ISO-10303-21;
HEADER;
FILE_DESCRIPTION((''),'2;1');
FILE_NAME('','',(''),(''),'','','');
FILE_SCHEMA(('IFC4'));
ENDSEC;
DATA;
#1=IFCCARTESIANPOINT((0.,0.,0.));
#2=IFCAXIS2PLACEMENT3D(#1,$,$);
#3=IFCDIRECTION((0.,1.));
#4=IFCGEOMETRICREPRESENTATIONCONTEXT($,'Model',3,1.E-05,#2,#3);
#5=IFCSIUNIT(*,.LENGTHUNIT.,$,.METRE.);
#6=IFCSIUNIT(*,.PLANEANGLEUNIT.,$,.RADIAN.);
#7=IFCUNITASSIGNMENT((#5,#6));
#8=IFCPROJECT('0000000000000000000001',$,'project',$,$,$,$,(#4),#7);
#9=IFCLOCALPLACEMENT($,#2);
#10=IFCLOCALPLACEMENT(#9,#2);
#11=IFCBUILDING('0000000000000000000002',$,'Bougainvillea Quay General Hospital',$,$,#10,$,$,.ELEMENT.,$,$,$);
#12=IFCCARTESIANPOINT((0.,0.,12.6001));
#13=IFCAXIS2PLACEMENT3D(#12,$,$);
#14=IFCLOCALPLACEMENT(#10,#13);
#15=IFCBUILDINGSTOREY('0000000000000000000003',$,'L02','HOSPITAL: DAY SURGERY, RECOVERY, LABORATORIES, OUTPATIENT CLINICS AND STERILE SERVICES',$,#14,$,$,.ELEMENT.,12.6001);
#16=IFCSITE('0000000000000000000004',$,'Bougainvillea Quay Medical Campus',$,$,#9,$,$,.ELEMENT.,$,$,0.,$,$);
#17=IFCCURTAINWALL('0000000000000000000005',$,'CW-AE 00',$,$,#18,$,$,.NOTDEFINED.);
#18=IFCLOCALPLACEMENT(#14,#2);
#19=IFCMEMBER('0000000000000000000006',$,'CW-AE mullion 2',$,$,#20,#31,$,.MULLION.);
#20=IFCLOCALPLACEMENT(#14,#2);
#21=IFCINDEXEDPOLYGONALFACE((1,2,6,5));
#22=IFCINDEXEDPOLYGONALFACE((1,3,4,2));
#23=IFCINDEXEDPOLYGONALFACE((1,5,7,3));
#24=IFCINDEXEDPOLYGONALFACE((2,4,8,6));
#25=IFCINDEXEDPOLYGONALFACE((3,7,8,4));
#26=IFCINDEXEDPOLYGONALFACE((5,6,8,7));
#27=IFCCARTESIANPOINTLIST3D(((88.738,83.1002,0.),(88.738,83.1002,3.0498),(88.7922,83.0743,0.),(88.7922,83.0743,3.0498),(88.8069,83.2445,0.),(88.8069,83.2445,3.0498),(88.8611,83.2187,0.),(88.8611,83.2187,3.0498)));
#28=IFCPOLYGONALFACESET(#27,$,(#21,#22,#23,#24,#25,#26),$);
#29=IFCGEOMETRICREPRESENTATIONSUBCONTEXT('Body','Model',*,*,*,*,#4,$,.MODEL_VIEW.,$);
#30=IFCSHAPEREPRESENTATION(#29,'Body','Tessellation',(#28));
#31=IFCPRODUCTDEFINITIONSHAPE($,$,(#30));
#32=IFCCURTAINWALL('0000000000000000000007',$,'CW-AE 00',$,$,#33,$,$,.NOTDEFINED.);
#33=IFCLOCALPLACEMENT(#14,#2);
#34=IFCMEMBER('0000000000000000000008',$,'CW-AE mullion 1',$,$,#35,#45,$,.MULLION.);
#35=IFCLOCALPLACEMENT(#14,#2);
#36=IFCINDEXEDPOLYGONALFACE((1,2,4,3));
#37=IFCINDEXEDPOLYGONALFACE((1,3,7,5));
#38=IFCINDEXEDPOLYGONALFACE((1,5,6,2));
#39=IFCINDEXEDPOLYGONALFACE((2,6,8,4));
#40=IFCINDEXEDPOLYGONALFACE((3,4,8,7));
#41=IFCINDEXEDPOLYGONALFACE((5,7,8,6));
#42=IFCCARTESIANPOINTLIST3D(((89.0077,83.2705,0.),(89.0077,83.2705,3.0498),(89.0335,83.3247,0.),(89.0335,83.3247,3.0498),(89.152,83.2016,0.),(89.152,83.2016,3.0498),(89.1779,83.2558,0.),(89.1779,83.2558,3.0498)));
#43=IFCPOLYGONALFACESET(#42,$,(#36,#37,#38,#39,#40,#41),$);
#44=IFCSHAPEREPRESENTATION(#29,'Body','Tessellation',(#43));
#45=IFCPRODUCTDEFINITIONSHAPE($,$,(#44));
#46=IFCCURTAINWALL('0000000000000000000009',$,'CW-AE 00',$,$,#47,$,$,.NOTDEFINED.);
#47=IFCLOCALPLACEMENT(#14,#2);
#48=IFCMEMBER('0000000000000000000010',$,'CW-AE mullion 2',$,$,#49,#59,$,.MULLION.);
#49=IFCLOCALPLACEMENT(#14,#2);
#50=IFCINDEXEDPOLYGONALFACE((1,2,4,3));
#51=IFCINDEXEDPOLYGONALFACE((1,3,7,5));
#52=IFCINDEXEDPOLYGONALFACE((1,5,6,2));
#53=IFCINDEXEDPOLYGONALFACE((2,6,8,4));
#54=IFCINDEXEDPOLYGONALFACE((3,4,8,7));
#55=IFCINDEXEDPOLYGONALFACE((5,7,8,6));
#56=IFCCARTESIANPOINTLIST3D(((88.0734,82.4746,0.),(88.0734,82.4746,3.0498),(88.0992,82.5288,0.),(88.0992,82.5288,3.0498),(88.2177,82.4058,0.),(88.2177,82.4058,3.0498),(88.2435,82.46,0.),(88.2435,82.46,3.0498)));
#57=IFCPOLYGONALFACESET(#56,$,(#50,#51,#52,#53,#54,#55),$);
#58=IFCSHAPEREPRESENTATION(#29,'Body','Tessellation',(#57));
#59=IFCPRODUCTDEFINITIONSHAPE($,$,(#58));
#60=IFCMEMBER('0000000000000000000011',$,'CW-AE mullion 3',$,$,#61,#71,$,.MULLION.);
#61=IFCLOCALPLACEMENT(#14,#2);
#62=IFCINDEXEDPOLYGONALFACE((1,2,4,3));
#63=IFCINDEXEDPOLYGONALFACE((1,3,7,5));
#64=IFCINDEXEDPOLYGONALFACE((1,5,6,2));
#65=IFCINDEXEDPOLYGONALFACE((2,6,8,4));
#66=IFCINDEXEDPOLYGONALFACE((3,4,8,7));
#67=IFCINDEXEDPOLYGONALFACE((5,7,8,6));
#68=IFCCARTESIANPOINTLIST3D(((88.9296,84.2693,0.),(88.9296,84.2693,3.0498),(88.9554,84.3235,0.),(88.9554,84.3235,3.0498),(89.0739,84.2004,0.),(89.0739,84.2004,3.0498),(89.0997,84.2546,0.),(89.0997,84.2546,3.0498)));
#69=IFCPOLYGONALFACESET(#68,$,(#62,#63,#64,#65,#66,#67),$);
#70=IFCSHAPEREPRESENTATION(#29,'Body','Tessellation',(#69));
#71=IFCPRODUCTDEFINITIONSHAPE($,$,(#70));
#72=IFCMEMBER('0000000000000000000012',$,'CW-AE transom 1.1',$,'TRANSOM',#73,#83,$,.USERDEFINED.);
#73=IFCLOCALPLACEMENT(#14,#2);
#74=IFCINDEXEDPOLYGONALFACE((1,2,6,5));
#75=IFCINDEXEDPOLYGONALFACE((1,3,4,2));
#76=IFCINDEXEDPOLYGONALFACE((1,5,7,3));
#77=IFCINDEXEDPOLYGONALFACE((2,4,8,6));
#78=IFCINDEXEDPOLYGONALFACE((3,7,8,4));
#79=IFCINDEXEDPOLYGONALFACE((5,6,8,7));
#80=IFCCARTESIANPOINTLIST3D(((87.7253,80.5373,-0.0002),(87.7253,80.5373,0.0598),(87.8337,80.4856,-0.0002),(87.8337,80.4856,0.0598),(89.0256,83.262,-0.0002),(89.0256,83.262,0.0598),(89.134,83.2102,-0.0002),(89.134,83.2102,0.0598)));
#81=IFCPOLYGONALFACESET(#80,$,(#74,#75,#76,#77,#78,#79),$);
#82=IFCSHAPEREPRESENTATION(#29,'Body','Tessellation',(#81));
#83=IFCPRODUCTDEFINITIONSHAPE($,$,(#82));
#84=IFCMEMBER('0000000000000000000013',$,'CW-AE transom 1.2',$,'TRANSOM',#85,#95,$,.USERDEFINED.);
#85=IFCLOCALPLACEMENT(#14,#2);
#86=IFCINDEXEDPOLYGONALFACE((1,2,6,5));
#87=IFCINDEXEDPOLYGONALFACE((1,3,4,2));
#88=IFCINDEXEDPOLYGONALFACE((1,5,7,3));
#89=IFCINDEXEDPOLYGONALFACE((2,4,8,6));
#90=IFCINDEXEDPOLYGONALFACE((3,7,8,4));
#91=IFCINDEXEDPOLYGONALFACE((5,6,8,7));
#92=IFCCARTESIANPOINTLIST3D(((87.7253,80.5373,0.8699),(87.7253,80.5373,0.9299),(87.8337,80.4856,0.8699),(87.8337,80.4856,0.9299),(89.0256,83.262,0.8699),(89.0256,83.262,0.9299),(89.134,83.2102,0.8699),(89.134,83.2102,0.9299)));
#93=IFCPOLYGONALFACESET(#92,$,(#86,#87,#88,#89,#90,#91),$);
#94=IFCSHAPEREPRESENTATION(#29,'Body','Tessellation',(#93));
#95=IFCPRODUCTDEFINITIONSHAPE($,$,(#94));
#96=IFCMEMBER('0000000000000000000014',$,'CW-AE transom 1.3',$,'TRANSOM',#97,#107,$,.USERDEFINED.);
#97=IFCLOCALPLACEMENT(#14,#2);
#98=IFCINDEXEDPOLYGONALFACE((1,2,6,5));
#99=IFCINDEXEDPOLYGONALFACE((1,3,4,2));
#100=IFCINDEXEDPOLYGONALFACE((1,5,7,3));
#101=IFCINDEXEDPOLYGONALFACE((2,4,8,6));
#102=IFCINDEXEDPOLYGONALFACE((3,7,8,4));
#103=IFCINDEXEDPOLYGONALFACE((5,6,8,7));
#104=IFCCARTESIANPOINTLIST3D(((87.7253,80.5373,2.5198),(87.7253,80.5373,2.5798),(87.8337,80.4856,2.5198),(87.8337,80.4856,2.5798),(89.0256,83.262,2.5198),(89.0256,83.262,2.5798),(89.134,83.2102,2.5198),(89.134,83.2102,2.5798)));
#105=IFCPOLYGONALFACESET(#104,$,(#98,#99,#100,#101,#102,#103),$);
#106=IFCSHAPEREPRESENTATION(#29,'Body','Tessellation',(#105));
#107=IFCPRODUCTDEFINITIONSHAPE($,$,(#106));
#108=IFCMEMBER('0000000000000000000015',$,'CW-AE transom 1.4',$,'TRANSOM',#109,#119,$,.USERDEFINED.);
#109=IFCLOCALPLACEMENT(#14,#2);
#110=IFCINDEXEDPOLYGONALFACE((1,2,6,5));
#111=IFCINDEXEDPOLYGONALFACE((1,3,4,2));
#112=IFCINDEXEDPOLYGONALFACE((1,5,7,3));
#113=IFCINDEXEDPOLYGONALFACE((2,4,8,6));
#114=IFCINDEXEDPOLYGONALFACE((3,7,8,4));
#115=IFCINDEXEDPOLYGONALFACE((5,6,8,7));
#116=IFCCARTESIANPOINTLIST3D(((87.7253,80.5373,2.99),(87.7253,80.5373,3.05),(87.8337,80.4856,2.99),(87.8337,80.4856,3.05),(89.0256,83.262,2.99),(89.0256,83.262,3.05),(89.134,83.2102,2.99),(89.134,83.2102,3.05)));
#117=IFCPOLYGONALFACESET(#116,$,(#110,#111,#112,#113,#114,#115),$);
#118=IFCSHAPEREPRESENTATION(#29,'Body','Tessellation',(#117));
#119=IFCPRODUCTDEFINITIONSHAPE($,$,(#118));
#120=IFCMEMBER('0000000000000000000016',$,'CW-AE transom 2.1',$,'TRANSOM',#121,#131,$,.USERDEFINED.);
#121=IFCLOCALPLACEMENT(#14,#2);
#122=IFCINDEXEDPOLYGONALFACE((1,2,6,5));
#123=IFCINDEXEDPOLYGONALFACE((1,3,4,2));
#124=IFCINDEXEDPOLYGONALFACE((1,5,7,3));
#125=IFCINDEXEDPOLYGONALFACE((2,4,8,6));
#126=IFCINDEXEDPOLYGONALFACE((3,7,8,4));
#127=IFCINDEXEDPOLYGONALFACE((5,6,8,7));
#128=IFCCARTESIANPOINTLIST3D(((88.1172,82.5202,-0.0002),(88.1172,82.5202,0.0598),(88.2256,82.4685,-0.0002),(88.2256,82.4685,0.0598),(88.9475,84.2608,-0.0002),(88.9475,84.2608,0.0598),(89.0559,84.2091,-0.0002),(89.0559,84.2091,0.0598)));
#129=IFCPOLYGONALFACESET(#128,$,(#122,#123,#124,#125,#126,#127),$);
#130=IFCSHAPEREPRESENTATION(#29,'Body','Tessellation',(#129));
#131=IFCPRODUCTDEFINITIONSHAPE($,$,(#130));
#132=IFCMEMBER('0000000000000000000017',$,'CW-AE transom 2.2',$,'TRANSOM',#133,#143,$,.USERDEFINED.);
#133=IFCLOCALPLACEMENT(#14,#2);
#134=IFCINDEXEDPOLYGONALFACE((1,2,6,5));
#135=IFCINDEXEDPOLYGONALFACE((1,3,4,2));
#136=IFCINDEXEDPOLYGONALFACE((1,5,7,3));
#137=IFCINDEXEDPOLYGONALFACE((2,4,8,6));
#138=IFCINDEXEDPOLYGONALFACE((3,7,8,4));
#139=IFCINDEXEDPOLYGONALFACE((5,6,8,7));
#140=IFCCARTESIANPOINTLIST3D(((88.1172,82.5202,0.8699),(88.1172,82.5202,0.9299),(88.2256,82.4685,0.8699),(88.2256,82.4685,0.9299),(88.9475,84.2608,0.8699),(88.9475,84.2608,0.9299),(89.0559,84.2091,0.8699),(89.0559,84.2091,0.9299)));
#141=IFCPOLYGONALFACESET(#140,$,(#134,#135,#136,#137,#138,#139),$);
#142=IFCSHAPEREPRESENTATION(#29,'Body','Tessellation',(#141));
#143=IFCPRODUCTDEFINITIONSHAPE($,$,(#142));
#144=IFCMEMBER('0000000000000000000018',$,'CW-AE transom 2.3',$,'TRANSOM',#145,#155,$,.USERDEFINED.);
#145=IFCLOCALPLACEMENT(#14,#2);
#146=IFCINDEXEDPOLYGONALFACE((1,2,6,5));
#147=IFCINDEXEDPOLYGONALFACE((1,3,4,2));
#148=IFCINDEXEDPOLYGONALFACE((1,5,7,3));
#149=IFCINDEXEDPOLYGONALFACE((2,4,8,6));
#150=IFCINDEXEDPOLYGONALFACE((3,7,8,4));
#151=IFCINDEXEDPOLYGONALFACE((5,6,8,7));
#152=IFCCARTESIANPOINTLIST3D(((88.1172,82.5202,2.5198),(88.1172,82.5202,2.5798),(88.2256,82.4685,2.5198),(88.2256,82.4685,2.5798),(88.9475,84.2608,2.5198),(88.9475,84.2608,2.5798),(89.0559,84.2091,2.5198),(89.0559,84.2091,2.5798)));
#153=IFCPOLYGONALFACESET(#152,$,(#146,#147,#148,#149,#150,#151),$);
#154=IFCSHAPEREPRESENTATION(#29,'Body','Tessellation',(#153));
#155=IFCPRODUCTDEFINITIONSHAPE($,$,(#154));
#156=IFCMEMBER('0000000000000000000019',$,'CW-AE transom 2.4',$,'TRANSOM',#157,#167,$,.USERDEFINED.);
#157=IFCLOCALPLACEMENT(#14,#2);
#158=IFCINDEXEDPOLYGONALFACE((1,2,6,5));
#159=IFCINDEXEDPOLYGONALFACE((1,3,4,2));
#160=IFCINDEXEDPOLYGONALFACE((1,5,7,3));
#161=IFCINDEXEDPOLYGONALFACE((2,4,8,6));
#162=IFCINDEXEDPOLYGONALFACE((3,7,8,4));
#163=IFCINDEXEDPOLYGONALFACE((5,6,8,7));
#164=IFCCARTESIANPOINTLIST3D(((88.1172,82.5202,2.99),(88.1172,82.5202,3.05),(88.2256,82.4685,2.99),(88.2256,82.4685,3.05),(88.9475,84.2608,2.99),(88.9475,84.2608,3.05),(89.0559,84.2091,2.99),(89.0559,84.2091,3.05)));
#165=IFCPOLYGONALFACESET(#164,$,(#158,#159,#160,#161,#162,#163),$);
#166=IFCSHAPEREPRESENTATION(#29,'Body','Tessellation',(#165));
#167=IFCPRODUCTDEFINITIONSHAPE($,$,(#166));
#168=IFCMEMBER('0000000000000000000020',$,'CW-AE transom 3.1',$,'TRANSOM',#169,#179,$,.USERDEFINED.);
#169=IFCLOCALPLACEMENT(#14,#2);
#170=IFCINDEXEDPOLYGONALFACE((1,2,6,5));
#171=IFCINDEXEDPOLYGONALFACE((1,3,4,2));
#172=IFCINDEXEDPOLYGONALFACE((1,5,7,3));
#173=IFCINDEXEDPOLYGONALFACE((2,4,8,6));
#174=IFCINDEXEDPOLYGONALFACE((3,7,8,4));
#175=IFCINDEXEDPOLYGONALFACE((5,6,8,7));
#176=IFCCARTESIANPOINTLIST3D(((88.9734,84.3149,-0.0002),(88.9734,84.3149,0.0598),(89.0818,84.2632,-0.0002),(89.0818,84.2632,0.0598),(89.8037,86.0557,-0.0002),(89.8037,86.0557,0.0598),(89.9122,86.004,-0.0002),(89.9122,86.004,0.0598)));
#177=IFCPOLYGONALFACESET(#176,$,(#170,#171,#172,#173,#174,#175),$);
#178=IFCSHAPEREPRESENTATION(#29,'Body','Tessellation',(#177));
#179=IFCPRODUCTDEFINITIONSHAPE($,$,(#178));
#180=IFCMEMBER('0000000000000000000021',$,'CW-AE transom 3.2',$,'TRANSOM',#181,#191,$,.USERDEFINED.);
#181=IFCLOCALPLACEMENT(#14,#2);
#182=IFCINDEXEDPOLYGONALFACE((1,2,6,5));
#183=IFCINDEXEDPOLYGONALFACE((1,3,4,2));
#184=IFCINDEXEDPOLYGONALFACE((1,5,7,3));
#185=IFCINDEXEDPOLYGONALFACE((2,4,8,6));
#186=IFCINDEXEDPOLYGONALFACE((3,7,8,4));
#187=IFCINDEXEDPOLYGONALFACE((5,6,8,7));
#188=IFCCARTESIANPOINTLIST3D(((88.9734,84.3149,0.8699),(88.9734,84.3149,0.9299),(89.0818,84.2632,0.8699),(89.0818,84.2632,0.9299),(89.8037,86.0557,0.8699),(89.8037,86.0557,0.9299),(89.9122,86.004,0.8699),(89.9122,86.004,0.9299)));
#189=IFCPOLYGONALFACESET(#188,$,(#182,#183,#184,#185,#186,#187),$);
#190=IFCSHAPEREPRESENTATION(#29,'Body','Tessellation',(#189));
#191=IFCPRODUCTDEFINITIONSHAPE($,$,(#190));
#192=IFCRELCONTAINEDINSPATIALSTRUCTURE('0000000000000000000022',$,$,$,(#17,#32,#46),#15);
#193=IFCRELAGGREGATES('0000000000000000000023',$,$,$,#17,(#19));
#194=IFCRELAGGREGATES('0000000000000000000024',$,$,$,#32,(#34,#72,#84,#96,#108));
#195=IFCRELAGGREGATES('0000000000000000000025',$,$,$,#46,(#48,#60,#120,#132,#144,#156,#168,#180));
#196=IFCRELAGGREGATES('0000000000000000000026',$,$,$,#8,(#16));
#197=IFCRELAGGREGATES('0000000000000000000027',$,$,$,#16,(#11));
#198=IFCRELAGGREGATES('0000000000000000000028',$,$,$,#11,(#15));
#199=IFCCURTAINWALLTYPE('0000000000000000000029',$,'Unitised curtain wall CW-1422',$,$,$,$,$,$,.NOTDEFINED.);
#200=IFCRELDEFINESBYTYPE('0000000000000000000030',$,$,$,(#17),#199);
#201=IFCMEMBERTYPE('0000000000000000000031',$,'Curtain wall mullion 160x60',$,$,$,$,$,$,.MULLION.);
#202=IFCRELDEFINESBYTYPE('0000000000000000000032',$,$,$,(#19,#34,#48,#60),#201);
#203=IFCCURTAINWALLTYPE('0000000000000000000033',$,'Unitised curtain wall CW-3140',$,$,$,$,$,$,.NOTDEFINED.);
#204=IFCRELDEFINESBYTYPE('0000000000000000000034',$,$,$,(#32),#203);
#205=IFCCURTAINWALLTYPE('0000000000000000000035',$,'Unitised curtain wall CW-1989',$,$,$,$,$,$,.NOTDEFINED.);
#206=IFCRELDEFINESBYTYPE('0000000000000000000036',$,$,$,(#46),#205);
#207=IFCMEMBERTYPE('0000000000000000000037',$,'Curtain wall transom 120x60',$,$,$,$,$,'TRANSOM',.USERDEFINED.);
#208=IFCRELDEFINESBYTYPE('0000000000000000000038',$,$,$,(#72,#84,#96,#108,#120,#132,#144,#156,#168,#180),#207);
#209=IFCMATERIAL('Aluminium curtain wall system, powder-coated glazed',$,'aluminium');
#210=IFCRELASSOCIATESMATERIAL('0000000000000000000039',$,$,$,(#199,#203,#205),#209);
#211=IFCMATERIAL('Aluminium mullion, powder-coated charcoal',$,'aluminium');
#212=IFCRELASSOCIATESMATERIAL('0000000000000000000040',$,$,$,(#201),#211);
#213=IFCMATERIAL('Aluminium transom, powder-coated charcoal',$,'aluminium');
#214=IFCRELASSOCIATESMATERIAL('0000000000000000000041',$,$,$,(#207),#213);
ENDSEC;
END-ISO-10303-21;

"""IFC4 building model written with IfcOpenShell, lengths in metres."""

from ifc_helpers import new_model, si_unit, direction, frame, origin, origin_2d, place, context, subcontext, project, spatial, rectangle, extrude, material, material_profile, profile_set, type_object, element, aggregate, save


model = new_model("IFC4")

# Units and contexts
model_context = context("Model", 3, precision=1e-05, world=origin(), true_north=direction((0.0, 1.0)))
body_context = subcontext(model_context, "Body", "Model", "MODEL_VIEW")
ifc_project = project(units=[si_unit("LENGTHUNIT", "METRE"), si_unit("PLANEANGLEUNIT", "RADIAN")], contexts=[model_context])

# Site, building, storey
site_placement = place(None, origin())
site = spatial("IfcSite", under=ifc_project, at=site_placement, Name="Bougainvillea Quay Medical Campus", CompositionType="ELEMENT", RefElevation=0.0)
building_placement = place(site_placement, origin())
building = spatial("IfcBuilding", under=site, at=building_placement, Name="Bougainvillea Quay General Hospital", CompositionType="ELEMENT")
storey_placement = place(building_placement, frame((0.0, 0.0, 12.6001)))
storey = spatial("IfcBuildingStorey", under=building, at=storey_placement, Name="L02", Description="HOSPITAL: DAY SURGERY, RECOVERY, LABORATORIES, OUTPATIENT CLINICS AND STERILE SERVICES", CompositionType="ELEMENT", Elevation=12.6001)

# Curtain walls, members
ifc_material_1 = material(Name="Aluminium curtain wall system, powder-coated glazed", Category="aluminium")
curtain_wall_type_1 = type_object("IfcCurtainWallType", Name="Unitised curtain wall CW-1422", PredefinedType="NOTDEFINED", material=ifc_material_1)
curtain_wall_1_placement = place(storey_placement, origin())
curtain_wall_1 = element("IfcCurtainWall", 1, at=curtain_wall_1_placement, inside=storey, type_object=curtain_wall_type_1, Name="CW-AE 00", PredefinedType="NOTDEFINED")
ifc_material_2 = material(Name="Aluminium mullion, powder-coated charcoal", Category="aluminium")
ifc_material_profile_1 = material_profile(ifc_material_2, rectangle(XDim=0.1599, YDim=0.0601, at=origin_2d()))
ifc_profile_set_1 = profile_set([ifc_material_profile_1], Name="Aluminium mullion, powder-coated charcoal")
member_type_1 = type_object("IfcMemberType", Name="Curtain wall mullion 160x60", PredefinedType="MULLION", material=ifc_profile_set_1)
member_1_placement = place(storey_placement, frame((88.7996, 83.1594, 0.0), z_axis=(0.0, 0.0, 1.0), x_axis=(-0.430534, -0.902574, 0.0)))
member_1 = element("IfcMember", 2, at=member_1_placement, type_object=member_type_1, Name="CW-AE mullion 2", PredefinedType="MULLION", context=body_context, shape_type="SweptSolid", body=[
    extrude(rectangle(XDim=0.1599, YDim=0.0601, at=origin_2d()), origin(), (0.0, 0.0, 1.0), 3.0498),
])
curtain_wall_type_2 = type_object("IfcCurtainWallType", Name="Unitised curtain wall CW-3140", PredefinedType="NOTDEFINED", material=ifc_material_1)
curtain_wall_2_placement = place(storey_placement, origin())
curtain_wall_2 = element("IfcCurtainWall", 3, at=curtain_wall_2_placement, inside=storey, type_object=curtain_wall_type_2, Name="CW-AE 00", PredefinedType="NOTDEFINED")
member_2_placement = place(storey_placement, frame((89.0928, 83.2632, 0.0), z_axis=(0.0, 0.0, 1.0), x_axis=(0.902495, -0.4307, 0.0)))
member_2 = element("IfcMember", 4, at=member_2_placement, type_object=member_type_1, Name="CW-AE mullion 1", PredefinedType="MULLION", context=body_context, shape_type="SweptSolid", body=[
    extrude(rectangle(XDim=0.1599, YDim=0.0601, at=origin_2d()), origin(), (0.0, 0.0, 1.0), 3.0498),
])

# Curtain wall, members
curtain_wall_type_3 = type_object("IfcCurtainWallType", Name="Unitised curtain wall CW-1989", PredefinedType="NOTDEFINED", material=ifc_material_1)
curtain_wall_3_placement = place(storey_placement, origin())
curtain_wall_3 = element("IfcCurtainWall", 5, at=curtain_wall_3_placement, inside=storey, type_object=curtain_wall_type_3, Name="CW-AE 00", PredefinedType="NOTDEFINED")
member_3_placement = place(storey_placement, frame((88.1584, 82.4673, 0.0), z_axis=(0.0, 0.0, 1.0), x_axis=(-0.902561, 0.430563, 0.0)))
member_3 = element("IfcMember", 6, at=member_3_placement, type_object=member_type_1, Name="CW-AE mullion 2", PredefinedType="MULLION", context=body_context, shape_type="SweptSolid", body=[
    extrude(rectangle(XDim=0.1599, YDim=0.0601, at=origin_2d()), origin(), (0.0, 0.0, 1.0), 3.0498),
])
member_4_placement = place(storey_placement, frame((89.0146, 84.262, 0.0), z_axis=(0.0, 0.0, 1.0), x_axis=(-0.902561, 0.430563, 0.0)))
member_4 = element("IfcMember", 7, at=member_4_placement, type_object=member_type_1, Name="CW-AE mullion 3", PredefinedType="MULLION", context=body_context, shape_type="SweptSolid", body=[
    extrude(rectangle(XDim=0.1599, YDim=0.0601, at=origin_2d()), origin(), (0.0, 0.0, 1.0), 3.0498),
])

# Members
ifc_material_3 = material(Name="Aluminium transom, powder-coated charcoal", Category="aluminium")
ifc_material_profile_2 = material_profile(ifc_material_3, rectangle(XDim=0.1201, YDim=0.0601, at=origin_2d()))
ifc_profile_set_2 = profile_set([ifc_material_profile_2], Name="Aluminium transom, powder-coated charcoal")
member_type_2 = type_object("IfcMemberType", Name="Curtain wall transom 120x60", ElementType="TRANSOM", PredefinedType="USERDEFINED", material=ifc_profile_set_2)
member_5_placement = place(storey_placement, frame((89.0798, 83.2361, 0.0298), z_axis=(-0.430706, -0.902492, 0.0), x_axis=(0.902492, -0.430706, 0.0)))
member_5 = element("IfcMember", 8, at=member_5_placement, type_object=member_type_2, Name="CW-AE transom 1.1", ObjectType="TRANSOM", PredefinedType="USERDEFINED", context=body_context, shape_type="SweptSolid", body=[
    extrude(rectangle(XDim=0.1201, YDim=0.0601, at=origin_2d()), origin(), (0.0, 0.0, 1.0), 3.019),
])
member_6_placement = place(storey_placement, frame((89.0798, 83.2361, 0.8999), z_axis=(-0.430706, -0.902492, 0.0), x_axis=(0.902492, -0.430706, 0.0)))
member_6 = element("IfcMember", 9, at=member_6_placement, type_object=member_type_2, Name="CW-AE transom 1.2", ObjectType="TRANSOM", PredefinedType="USERDEFINED", context=body_context, shape_type="SweptSolid", body=[
    extrude(rectangle(XDim=0.1201, YDim=0.0601, at=origin_2d()), origin(), (0.0, 0.0, 1.0), 3.019),
])
member_7_placement = place(storey_placement, frame((89.0798, 83.2361, 2.5498), z_axis=(-0.430706, -0.902492, 0.0), x_axis=(0.902492, -0.430706, 0.0)))
member_7 = element("IfcMember", 10, at=member_7_placement, type_object=member_type_2, Name="CW-AE transom 1.3", ObjectType="TRANSOM", PredefinedType="USERDEFINED", context=body_context, shape_type="SweptSolid", body=[
    extrude(rectangle(XDim=0.1201, YDim=0.0601, at=origin_2d()), origin(), (0.0, 0.0, 1.0), 3.019),
])
member_8_placement = place(storey_placement, frame((89.0798, 83.2361, 3.02), z_axis=(-0.430706, -0.902492, 0.0), x_axis=(0.902492, -0.430706, 0.0)))
member_8 = element("IfcMember", 11, at=member_8_placement, type_object=member_type_2, Name="CW-AE transom 1.4", ObjectType="TRANSOM", PredefinedType="USERDEFINED", context=body_context, shape_type="SweptSolid", body=[
    extrude(rectangle(XDim=0.1201, YDim=0.0601, at=origin_2d()), origin(), (0.0, 0.0, 1.0), 3.019),
])
member_9_placement = place(storey_placement, frame((88.1714, 82.4944, 0.0298), z_axis=(0.430577, 0.902554, 0.0), x_axis=(-0.902554, 0.430577, 0.0)))
member_9 = element("IfcMember", 12, at=member_9_placement, type_object=member_type_2, Name="CW-AE transom 2.1", ObjectType="TRANSOM", PredefinedType="USERDEFINED", context=body_context, shape_type="SweptSolid", body=[
    extrude(rectangle(XDim=0.1201, YDim=0.0601, at=origin_2d()), origin(), (0.0, 0.0, 1.0), 1.9285),
])
member_10_placement = place(storey_placement, frame((88.1714, 82.4944, 0.8999), z_axis=(0.430577, 0.902554, 0.0), x_axis=(-0.902554, 0.430577, 0.0)))
member_10 = element("IfcMember", 13, at=member_10_placement, type_object=member_type_2, Name="CW-AE transom 2.2", ObjectType="TRANSOM", PredefinedType="USERDEFINED", context=body_context, shape_type="SweptSolid", body=[
    extrude(rectangle(XDim=0.1201, YDim=0.0601, at=origin_2d()), origin(), (0.0, 0.0, 1.0), 1.9285),
])
member_11_placement = place(storey_placement, frame((88.1714, 82.4944, 2.5498), z_axis=(0.430577, 0.902554, 0.0), x_axis=(-0.902554, 0.430577, 0.0)))
member_11 = element("IfcMember", 14, at=member_11_placement, type_object=member_type_2, Name="CW-AE transom 2.3", ObjectType="TRANSOM", PredefinedType="USERDEFINED", context=body_context, shape_type="SweptSolid", body=[
    extrude(rectangle(XDim=0.1201, YDim=0.0601, at=origin_2d()), origin(), (0.0, 0.0, 1.0), 1.9285),
])
member_12_placement = place(storey_placement, frame((88.1714, 82.4944, 3.02), z_axis=(0.430577, 0.902554, 0.0), x_axis=(-0.902554, 0.430577, 0.0)))
member_12 = element("IfcMember", 15, at=member_12_placement, type_object=member_type_2, Name="CW-AE transom 2.4", ObjectType="TRANSOM", PredefinedType="USERDEFINED", context=body_context, shape_type="SweptSolid", body=[
    extrude(rectangle(XDim=0.1201, YDim=0.0601, at=origin_2d()), origin(), (0.0, 0.0, 1.0), 1.9285),
])
member_13_placement = place(storey_placement, frame((89.0276, 84.2891, 0.0298), z_axis=(0.430528, 0.902577, 0.0), x_axis=(-0.902577, 0.430528, 0.0)))
member_13 = element("IfcMember", 16, at=member_13_placement, type_object=member_type_2, Name="CW-AE transom 3.1", ObjectType="TRANSOM", PredefinedType="USERDEFINED", context=body_context, shape_type="SweptSolid", body=[
    extrude(rectangle(XDim=0.1201, YDim=0.0601, at=origin_2d()), origin(), (0.0, 0.0, 1.0), 1.9287),
])
member_14_placement = place(storey_placement, frame((89.0276, 84.2891, 0.8999), z_axis=(0.430528, 0.902577, 0.0), x_axis=(-0.902577, 0.430528, 0.0)))
member_14 = element("IfcMember", 17, at=member_14_placement, type_object=member_type_2, Name="CW-AE transom 3.2", ObjectType="TRANSOM", PredefinedType="USERDEFINED", context=body_context, shape_type="SweptSolid", body=[
    extrude(rectangle(XDim=0.1201, YDim=0.0601, at=origin_2d()), origin(), (0.0, 0.0, 1.0), 1.9287),
])

aggregate(curtain_wall_1, [member_1])
aggregate(curtain_wall_2, [member_2, member_5, member_6, member_7, member_8])
aggregate(curtain_wall_3, [member_3, member_4, member_9, member_10, member_11, member_12, member_13, member_14])

save(model, "model.ifc")
